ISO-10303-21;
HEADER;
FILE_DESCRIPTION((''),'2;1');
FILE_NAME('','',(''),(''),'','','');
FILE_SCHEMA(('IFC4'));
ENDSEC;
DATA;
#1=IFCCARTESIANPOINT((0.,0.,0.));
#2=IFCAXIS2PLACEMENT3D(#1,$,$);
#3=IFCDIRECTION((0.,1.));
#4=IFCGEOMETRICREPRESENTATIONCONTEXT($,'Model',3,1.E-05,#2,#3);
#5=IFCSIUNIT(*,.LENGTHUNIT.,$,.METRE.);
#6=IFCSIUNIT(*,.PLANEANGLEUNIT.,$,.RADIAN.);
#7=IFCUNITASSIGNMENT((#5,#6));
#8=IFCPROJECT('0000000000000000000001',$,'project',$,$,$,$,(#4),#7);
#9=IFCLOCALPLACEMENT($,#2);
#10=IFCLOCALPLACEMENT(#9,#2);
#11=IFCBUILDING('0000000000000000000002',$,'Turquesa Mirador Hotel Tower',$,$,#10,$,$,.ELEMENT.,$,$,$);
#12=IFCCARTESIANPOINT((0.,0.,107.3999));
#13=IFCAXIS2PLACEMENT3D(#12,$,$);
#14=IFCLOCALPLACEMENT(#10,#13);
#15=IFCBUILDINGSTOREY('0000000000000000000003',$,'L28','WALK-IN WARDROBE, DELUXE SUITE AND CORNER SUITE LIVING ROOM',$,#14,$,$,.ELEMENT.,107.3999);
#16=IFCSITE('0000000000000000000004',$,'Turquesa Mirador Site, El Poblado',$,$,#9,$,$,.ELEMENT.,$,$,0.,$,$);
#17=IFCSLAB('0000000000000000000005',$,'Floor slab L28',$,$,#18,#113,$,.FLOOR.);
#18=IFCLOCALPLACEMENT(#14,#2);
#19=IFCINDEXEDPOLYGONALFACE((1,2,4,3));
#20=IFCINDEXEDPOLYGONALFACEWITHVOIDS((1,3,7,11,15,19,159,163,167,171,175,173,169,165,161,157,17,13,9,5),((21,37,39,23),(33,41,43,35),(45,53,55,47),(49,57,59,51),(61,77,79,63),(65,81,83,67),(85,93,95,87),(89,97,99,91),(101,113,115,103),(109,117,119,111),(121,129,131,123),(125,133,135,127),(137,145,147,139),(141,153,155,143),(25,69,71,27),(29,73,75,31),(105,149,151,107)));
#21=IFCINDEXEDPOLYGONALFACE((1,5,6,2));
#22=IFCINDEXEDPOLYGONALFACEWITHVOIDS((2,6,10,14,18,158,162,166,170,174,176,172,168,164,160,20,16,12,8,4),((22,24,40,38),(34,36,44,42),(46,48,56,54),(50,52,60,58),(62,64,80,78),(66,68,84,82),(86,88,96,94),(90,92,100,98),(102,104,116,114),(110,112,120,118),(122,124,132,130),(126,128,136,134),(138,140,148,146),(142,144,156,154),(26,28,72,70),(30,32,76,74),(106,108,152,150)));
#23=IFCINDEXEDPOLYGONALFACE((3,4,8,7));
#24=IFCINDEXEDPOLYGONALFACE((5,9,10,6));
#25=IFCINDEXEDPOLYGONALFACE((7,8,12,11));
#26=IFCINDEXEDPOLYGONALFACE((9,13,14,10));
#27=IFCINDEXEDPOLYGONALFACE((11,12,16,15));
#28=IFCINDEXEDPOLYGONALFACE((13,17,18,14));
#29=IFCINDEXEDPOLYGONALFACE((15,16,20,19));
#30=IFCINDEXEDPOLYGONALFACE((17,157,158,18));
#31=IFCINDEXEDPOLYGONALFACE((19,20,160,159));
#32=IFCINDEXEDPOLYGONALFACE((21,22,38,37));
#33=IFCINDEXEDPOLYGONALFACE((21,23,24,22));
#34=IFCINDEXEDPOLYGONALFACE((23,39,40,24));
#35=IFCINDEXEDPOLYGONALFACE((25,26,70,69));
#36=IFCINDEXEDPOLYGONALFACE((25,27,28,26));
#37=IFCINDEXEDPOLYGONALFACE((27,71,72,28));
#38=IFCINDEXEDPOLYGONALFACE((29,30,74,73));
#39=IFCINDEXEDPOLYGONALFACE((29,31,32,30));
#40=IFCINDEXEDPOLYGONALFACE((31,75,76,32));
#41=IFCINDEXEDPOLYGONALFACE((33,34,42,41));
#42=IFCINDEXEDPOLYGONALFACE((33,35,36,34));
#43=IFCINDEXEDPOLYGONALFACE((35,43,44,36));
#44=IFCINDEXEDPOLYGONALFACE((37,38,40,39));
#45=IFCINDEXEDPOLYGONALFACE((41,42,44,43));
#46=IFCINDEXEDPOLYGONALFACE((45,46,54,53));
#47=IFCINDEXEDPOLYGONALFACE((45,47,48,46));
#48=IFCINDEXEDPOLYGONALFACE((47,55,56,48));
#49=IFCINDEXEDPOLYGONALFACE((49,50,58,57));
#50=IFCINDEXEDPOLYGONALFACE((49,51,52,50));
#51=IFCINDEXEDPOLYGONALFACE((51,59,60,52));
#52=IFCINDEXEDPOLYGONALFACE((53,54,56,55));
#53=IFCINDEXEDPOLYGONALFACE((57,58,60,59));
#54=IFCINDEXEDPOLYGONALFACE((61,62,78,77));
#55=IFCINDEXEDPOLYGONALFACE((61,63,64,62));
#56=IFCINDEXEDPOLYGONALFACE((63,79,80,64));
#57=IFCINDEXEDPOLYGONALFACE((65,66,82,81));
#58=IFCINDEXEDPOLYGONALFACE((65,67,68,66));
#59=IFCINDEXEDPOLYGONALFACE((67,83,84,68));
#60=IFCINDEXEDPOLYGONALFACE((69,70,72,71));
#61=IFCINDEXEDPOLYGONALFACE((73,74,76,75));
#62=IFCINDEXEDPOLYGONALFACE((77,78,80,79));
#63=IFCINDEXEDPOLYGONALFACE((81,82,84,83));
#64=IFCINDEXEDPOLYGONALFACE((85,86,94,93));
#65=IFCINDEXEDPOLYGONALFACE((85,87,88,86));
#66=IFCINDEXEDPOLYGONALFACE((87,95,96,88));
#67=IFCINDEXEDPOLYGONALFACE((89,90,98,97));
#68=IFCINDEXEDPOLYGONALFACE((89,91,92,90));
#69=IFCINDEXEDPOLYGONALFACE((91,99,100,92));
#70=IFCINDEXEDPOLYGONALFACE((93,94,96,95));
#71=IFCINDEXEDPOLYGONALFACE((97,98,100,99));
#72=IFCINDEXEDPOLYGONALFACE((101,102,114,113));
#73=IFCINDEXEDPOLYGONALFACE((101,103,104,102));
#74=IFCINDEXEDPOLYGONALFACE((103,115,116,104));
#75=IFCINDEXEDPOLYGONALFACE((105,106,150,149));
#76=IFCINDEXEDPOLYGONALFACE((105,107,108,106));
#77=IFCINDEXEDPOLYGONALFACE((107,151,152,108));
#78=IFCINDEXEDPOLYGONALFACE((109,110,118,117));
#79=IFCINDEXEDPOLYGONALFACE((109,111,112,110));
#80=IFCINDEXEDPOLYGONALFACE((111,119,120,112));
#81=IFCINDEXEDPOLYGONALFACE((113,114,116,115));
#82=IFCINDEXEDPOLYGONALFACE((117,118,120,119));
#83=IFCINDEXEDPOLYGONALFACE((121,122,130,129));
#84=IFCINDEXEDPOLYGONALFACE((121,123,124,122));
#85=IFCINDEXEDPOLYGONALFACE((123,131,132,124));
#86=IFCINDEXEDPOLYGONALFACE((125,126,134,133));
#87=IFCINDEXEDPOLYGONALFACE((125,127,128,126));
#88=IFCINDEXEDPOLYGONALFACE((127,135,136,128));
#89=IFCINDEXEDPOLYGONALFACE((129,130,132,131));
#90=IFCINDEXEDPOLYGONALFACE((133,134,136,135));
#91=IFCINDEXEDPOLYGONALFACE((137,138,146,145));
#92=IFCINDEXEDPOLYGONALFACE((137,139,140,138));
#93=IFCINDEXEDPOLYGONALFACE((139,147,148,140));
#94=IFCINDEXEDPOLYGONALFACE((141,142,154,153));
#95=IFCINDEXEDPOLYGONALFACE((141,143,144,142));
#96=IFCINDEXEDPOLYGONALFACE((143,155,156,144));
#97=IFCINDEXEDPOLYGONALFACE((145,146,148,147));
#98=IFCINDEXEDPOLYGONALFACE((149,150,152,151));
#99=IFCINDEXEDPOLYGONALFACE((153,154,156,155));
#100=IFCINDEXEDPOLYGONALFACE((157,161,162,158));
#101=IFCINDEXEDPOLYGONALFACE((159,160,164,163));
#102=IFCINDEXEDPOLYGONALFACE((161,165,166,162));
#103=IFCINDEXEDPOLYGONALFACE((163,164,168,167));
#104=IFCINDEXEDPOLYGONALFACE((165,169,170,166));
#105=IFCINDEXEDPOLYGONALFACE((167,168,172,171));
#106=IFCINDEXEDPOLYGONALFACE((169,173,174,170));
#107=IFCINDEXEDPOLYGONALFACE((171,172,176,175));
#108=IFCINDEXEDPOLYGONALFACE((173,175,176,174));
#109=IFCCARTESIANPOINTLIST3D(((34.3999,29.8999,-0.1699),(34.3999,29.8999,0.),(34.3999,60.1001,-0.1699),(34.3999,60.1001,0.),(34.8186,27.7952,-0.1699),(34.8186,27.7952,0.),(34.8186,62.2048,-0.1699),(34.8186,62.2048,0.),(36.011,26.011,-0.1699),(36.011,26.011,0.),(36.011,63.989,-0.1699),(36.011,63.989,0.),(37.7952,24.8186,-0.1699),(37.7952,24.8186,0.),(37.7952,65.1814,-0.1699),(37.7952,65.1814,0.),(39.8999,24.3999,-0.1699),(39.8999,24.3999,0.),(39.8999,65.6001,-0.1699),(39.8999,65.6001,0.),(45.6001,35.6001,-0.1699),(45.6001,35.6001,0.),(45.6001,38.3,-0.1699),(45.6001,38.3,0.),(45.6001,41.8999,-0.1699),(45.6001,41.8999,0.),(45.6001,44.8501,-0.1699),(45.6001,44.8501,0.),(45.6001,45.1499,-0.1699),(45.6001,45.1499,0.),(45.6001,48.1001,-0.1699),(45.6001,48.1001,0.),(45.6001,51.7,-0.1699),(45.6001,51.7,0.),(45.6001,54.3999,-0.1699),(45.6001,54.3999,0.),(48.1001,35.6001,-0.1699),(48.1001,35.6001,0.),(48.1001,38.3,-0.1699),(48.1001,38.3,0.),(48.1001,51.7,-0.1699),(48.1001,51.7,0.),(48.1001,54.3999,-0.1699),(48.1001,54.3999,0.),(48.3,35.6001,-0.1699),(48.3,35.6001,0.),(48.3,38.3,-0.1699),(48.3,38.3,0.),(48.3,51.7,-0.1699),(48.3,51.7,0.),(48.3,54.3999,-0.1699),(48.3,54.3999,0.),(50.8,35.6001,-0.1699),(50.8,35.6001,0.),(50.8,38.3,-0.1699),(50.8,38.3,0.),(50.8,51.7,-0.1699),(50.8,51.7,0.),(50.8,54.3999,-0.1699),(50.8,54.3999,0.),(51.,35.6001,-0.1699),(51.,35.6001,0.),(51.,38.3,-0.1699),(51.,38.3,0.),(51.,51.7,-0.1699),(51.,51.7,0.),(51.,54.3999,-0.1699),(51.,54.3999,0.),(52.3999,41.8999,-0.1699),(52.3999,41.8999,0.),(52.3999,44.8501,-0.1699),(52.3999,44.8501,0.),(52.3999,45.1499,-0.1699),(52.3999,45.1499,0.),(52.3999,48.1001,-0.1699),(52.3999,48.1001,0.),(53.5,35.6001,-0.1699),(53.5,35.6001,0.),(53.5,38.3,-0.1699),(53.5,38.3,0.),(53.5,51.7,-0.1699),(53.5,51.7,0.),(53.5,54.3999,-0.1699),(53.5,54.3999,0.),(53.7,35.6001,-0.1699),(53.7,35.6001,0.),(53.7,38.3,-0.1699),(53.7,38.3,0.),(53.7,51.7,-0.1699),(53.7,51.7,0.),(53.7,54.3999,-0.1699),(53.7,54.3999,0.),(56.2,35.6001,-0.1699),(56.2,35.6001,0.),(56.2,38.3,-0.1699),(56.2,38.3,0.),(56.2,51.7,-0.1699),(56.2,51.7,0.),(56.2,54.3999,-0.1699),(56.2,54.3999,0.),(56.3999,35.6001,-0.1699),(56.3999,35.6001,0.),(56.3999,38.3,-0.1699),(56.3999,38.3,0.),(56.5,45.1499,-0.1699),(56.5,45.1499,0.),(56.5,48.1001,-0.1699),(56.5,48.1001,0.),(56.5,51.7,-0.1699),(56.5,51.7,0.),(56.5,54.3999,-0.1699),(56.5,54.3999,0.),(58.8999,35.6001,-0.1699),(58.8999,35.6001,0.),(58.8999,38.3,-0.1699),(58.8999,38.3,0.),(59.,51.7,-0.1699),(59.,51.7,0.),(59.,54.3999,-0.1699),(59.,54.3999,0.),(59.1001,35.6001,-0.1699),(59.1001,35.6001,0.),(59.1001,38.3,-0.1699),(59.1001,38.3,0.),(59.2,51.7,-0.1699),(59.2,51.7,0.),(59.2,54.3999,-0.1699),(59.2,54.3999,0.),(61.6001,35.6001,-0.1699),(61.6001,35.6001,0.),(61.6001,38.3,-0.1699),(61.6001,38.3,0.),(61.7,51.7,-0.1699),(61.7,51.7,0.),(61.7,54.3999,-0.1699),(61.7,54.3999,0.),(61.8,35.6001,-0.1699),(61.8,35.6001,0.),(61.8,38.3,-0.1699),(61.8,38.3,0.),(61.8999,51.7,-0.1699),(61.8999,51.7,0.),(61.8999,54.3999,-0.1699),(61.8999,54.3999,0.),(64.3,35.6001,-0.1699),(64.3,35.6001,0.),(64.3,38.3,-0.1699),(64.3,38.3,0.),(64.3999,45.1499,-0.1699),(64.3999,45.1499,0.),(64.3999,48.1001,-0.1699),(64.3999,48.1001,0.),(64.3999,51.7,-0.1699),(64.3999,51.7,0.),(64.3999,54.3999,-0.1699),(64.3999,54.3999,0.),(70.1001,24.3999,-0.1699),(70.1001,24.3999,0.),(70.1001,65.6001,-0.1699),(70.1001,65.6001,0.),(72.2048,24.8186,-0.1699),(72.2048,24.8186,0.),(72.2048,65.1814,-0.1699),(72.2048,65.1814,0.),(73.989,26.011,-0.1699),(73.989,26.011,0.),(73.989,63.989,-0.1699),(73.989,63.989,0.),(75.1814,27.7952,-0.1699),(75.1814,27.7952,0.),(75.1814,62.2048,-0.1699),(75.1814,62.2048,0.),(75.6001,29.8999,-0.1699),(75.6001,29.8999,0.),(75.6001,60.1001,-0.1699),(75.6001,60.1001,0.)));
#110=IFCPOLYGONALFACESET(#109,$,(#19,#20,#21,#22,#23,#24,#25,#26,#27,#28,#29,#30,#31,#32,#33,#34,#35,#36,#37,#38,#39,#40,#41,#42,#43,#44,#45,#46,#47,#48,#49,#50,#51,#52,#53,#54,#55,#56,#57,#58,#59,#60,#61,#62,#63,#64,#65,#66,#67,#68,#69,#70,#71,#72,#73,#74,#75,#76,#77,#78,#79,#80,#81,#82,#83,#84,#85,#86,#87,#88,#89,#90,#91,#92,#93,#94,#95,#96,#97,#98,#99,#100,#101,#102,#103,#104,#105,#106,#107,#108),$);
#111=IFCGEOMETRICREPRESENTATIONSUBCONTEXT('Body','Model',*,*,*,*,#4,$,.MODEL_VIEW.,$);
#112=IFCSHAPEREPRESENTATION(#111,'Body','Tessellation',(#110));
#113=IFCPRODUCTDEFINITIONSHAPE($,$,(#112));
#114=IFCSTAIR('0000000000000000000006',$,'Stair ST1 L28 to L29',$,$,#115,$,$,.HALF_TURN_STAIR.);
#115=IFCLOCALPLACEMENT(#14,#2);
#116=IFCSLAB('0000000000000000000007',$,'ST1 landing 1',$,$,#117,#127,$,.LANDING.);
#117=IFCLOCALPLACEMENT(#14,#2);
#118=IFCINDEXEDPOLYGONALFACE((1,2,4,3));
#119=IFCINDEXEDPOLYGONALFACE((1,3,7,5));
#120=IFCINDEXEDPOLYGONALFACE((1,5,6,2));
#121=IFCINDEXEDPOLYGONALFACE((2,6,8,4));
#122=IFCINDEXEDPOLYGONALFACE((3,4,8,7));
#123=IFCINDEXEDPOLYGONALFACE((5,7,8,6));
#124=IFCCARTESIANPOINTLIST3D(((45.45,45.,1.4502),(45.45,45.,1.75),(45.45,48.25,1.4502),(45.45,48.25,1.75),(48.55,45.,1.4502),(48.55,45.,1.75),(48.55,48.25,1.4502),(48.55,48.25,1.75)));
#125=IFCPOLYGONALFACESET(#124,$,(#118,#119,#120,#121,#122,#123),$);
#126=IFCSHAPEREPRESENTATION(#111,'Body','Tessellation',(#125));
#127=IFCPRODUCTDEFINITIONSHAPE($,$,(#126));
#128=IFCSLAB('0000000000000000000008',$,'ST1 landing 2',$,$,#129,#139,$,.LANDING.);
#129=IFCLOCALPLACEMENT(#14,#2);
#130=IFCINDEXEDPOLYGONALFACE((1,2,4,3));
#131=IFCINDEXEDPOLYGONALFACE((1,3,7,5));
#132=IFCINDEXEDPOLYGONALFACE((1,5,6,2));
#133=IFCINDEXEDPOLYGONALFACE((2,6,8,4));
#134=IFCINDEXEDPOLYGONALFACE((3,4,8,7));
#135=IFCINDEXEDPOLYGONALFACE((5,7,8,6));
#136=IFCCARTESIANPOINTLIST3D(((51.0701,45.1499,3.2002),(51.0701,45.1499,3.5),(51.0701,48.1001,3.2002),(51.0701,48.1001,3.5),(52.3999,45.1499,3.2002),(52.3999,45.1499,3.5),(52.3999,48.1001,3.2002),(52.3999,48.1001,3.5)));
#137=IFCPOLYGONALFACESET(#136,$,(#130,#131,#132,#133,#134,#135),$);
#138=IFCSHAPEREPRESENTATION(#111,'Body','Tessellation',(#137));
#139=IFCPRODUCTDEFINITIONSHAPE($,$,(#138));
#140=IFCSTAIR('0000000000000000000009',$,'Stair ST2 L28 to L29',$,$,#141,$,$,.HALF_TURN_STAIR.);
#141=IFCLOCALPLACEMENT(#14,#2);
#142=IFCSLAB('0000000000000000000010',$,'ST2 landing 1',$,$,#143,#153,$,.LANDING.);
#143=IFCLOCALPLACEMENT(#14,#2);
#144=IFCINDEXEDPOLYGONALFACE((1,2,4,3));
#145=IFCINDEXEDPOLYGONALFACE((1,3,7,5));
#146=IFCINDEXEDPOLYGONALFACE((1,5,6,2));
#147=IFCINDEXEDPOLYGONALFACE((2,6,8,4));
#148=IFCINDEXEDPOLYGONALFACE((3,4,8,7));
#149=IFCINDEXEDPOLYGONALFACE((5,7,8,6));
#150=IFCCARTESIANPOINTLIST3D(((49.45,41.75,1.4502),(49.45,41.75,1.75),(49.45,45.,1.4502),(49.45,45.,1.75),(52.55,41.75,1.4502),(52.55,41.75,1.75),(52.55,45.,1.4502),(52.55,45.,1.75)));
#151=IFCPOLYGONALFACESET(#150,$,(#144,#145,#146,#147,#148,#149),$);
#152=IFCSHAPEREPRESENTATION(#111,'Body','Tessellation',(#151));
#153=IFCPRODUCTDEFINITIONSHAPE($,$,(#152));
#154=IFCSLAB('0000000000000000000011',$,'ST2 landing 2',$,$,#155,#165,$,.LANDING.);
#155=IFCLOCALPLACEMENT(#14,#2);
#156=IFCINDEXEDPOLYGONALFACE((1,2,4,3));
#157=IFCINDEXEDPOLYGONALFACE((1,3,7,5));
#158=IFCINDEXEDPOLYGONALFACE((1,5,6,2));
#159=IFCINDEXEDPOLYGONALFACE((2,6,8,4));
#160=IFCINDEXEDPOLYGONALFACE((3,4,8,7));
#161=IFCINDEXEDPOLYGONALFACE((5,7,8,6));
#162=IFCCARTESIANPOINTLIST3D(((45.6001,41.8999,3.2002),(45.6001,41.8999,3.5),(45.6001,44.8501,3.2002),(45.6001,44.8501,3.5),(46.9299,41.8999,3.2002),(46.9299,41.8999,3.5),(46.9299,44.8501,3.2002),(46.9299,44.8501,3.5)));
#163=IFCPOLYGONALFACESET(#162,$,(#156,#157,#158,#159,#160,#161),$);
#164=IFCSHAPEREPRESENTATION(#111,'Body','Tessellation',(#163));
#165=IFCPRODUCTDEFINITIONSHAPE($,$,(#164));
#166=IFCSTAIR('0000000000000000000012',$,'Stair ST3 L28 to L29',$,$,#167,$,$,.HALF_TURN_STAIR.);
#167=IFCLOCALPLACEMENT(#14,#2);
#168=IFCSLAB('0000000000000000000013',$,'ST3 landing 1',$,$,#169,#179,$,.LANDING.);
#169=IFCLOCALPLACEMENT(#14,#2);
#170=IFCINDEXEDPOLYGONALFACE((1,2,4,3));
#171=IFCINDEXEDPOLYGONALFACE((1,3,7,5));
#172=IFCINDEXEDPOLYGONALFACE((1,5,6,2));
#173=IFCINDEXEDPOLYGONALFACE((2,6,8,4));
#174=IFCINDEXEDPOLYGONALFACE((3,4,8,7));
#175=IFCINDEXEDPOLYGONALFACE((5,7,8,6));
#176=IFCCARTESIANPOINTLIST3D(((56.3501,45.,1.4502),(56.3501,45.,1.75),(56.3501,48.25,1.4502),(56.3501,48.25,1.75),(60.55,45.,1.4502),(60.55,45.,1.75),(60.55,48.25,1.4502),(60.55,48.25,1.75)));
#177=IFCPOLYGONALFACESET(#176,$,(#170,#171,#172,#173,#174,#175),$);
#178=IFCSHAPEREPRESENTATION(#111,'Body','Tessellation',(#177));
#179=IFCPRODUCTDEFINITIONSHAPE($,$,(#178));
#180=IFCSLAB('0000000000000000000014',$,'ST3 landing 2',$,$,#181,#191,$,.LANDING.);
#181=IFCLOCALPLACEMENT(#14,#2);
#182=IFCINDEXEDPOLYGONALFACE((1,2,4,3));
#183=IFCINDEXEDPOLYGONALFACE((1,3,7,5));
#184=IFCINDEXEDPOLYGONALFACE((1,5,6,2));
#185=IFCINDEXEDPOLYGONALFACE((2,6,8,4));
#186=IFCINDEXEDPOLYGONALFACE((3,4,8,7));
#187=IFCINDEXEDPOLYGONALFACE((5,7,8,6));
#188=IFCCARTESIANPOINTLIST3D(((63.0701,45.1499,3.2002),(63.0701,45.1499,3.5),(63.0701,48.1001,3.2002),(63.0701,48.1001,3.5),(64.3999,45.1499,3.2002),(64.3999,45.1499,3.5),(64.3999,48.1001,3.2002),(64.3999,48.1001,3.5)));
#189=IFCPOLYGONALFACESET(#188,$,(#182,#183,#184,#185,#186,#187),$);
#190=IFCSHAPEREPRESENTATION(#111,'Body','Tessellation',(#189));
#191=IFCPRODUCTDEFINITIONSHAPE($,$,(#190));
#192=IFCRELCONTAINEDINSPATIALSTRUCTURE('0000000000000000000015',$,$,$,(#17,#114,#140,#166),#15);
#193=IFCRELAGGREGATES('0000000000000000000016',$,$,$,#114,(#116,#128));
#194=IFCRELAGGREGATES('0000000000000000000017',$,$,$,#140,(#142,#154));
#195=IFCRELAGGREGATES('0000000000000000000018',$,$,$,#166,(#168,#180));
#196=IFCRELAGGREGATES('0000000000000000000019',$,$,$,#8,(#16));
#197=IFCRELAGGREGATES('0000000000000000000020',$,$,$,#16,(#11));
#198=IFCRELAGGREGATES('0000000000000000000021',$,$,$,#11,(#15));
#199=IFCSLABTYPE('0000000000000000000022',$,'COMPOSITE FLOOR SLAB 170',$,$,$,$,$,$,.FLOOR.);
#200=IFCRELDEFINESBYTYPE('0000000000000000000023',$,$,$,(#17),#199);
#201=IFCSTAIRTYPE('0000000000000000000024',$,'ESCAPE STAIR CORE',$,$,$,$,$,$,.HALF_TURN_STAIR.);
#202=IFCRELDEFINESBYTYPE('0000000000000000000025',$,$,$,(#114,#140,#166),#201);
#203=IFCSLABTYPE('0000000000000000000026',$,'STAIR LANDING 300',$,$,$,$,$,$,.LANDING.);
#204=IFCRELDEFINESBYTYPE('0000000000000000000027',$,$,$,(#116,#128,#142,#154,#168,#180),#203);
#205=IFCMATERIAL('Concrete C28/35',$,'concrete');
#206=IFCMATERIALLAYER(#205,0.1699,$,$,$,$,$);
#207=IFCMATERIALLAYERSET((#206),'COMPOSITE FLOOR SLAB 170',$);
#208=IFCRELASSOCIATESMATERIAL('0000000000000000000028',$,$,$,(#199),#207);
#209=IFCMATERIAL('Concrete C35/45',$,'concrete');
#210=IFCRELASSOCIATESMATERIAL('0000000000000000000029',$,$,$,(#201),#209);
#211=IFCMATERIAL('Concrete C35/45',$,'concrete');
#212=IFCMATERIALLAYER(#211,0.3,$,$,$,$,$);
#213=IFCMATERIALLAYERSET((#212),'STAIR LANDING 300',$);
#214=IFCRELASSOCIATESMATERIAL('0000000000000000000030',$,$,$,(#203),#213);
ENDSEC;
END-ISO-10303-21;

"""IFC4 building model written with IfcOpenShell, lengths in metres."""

from ifc_helpers import new_model, si_unit, direction, frame, origin, place, context, subcontext, project, spatial, polyline, outline, extrude, material, layer, layer_set, type_object, element, aggregate, save


model = new_model("IFC4")

# Units and contexts
model_context = context("Model", 3, precision=1e-05, world=origin(), true_north=direction((0.0, 1.0)))
body_context = subcontext(model_context, "Body", "Model", "MODEL_VIEW")
ifc_project = project(units=[si_unit("LENGTHUNIT", "METRE"), si_unit("PLANEANGLEUNIT", "RADIAN")], contexts=[model_context])

# Site, building, storey
site_placement = place(None, origin())
site = spatial("IfcSite", under=ifc_project, at=site_placement, Name="Turquesa Mirador Site, El Poblado", CompositionType="ELEMENT", RefElevation=0.0)
building_placement = place(site_placement, origin())
building = spatial("IfcBuilding", under=site, at=building_placement, Name="Turquesa Mirador Hotel Tower", CompositionType="ELEMENT")
storey_placement = place(building_placement, frame((0.0, 0.0, 107.3999)))
storey = spatial("IfcBuildingStorey", under=building, at=storey_placement, Name="L28", Description="WALK-IN WARDROBE, DELUXE SUITE AND CORNER SUITE LIVING ROOM", CompositionType="ELEMENT", Elevation=107.3999)

# Slab
ifc_material_1 = material(Name="Concrete C28/35", Category="concrete")
ifc_layer_1 = layer(ifc_material_1, 0.1699)
ifc_layer_set_1 = layer_set([ifc_layer_1], Name="COMPOSITE FLOOR SLAB 170")
slab_type_1 = type_object("IfcSlabType", Name="COMPOSITE FLOOR SLAB 170", PredefinedType="FLOOR", material=ifc_layer_set_1)
slab_1_placement = place(storey_placement, frame((0.0, 0.0, -0.1699)))
element("IfcSlab", 1, at=slab_1_placement, inside=storey, type_object=slab_type_1, Name="Floor slab L28", PredefinedType="FLOOR", context=body_context, shape_type="SweptSolid", body=[
    extrude(outline(polyline([(70.1001, 24.3999), (72.2048, 24.8186), (73.989, 26.011), (75.1814, 27.7952), (75.6001, 29.8999), (75.6001, 60.1001), (75.1814, 62.2048), (73.989, 63.989), (72.2048, 65.1814), (70.1001, 65.6001), (39.8999, 65.6001), (37.7952, 65.1814), (36.011, 63.989), (34.8186, 62.2048), (34.3999, 60.1001), (34.3999, 29.8999), (34.8186, 27.7952), (36.011, 26.011), (37.7952, 24.8186), (39.8999, 24.3999), (70.1001, 24.3999)]), holes=[polyline([(45.6001, 51.7), (48.1001, 51.7), (48.1001, 54.3999), (45.6001, 54.3999), (45.6001, 51.7)]), polyline([(48.3, 51.7), (50.8, 51.7), (50.8, 54.3999), (48.3, 54.3999), (48.3, 51.7)]), polyline([(51.0, 51.7), (53.5, 51.7), (53.5, 54.3999), (51.0, 54.3999), (51.0, 51.7)]), polyline([(53.7, 51.7), (56.2, 51.7), (56.2, 54.3999), (53.7, 54.3999), (53.7, 51.7)]), polyline([(56.5, 51.7), (59.0, 51.7), (59.0, 54.3999), (56.5, 54.3999), (56.5, 51.7)]), polyline([(59.2, 51.7), (61.7, 51.7), (61.7, 54.3999), (59.2, 54.3999), (59.2, 51.7)]), polyline([(45.6001, 35.6001), (48.1001, 35.6001), (48.1001, 38.3), (45.6001, 38.3), (45.6001, 35.6001)]), polyline([(48.3, 35.6001), (50.8, 35.6001), (50.8, 38.3), (48.3, 38.3), (48.3, 35.6001)]), polyline([(51.0, 35.6001), (53.5, 35.6001), (53.5, 38.3), (51.0, 38.3), (51.0, 35.6001)]), polyline([(53.7, 35.6001), (56.2, 35.6001), (56.2, 38.3), (53.7, 38.3), (53.7, 35.6001)]), polyline([(56.3999, 35.6001), (58.8999, 35.6001), (58.8999, 38.3), (56.3999, 38.3), (56.3999, 35.6001)]), polyline([(59.1001, 35.6001), (61.6001, 35.6001), (61.6001, 38.3), (59.1001, 38.3), (59.1001, 35.6001)]), polyline([(61.8, 35.6001), (64.3, 35.6001), (64.3, 38.3), (61.8, 38.3), (61.8, 35.6001)]), polyline([(45.6001, 45.1499), (52.3999, 45.1499), (52.3999, 48.1001), (45.6001, 48.1001), (45.6001, 45.1499)]), polyline([(45.6001, 41.8999), (52.3999, 41.8999), (52.3999, 44.8501), (45.6001, 44.8501), (45.6001, 41.8999)]), polyline([(56.5, 45.1499), (64.3999, 45.1499), (64.3999, 48.1001), (56.5, 48.1001), (56.5, 45.1499)]), polyline([(61.8999, 51.7), (64.3999, 51.7), (64.3999, 54.3999), (61.8999, 54.3999), (61.8999, 51.7)])]), origin(), (0.0, 0.0, 1.0), 0.1699),
])

# Stairs, slabs
ifc_material_2 = material(Name="Concrete C35/45", Category="concrete")
stair_type = type_object("IfcStairType", Name="ESCAPE STAIR CORE", PredefinedType="HALF_TURN_STAIR", material=ifc_material_2)
stair_1_placement = place(storey_placement, origin())
stair_1 = element("IfcStair", 2, at=stair_1_placement, inside=storey, type_object=stair_type, Name="Stair ST1 L28 to L29", PredefinedType="HALF_TURN_STAIR")
ifc_material_3 = material(Name="Concrete C35/45", Category="concrete")
ifc_layer_2 = layer(ifc_material_3, 0.3)
ifc_layer_set_2 = layer_set([ifc_layer_2], Name="STAIR LANDING 300")
slab_type_2 = type_object("IfcSlabType", Name="STAIR LANDING 300", PredefinedType="LANDING", material=ifc_layer_set_2)
slab_2_placement = place(storey_placement, frame((0.0, 0.0, 1.4502)))
slab_2 = element("IfcSlab", 3, at=slab_2_placement, type_object=slab_type_2, Name="ST1 landing 1", PredefinedType="LANDING", context=body_context, shape_type="SweptSolid", body=[
    extrude(outline(polyline([(45.45, 45.0), (48.55, 45.0), (48.55, 48.25), (45.45, 48.25), (45.45, 45.0)])), origin(), (0.0, 0.0, 1.0), 0.2998),
])
slab_3_placement = place(storey_placement, frame((0.0, 0.0, 3.2002)))
slab_3 = element("IfcSlab", 4, at=slab_3_placement, type_object=slab_type_2, Name="ST1 landing 2", PredefinedType="LANDING", context=body_context, shape_type="SweptSolid", body=[
    extrude(outline(polyline([(51.0701, 45.1499), (52.3999, 45.1499), (52.3999, 48.1001), (51.0701, 48.1001), (51.0701, 45.1499)])), origin(), (0.0, 0.0, 1.0), 0.2998),
])
aggregate(stair_1, [slab_2, slab_3])
stair_2_placement = place(storey_placement, origin())
stair_2 = element("IfcStair", 5, at=stair_2_placement, inside=storey, type_object=stair_type, Name="Stair ST2 L28 to L29", PredefinedType="HALF_TURN_STAIR")
slab_4_placement = place(storey_placement, frame((0.0, 0.0, 1.4502)))
slab_4 = element("IfcSlab", 6, at=slab_4_placement, type_object=slab_type_2, Name="ST2 landing 1", PredefinedType="LANDING", context=body_context, shape_type="SweptSolid", body=[
    extrude(outline(polyline([(52.55, 45.0), (49.45, 45.0), (49.45, 41.75), (52.55, 41.75), (52.55, 45.0)])), origin(), (0.0, 0.0, 1.0), 0.2998),
])
slab_5_placement = place(storey_placement, frame((0.0, 0.0, 3.2002)))
slab_5 = element("IfcSlab", 7, at=slab_5_placement, type_object=slab_type_2, Name="ST2 landing 2", PredefinedType="LANDING", context=body_context, shape_type="SweptSolid", body=[
    extrude(outline(polyline([(46.9299, 44.8501), (45.6001, 44.8501), (45.6001, 41.8999), (46.9299, 41.8999), (46.9299, 44.8501)])), origin(), (0.0, 0.0, 1.0), 0.2998),
])
aggregate(stair_2, [slab_4, slab_5])
stair_3_placement = place(storey_placement, origin())
stair_3 = element("IfcStair", 8, at=stair_3_placement, inside=storey, type_object=stair_type, Name="Stair ST3 L28 to L29", PredefinedType="HALF_TURN_STAIR")
slab_6_placement = place(storey_placement, frame((0.0, 0.0, 1.4502)))
slab_6 = element("IfcSlab", 9, at=slab_6_placement, type_object=slab_type_2, Name="ST3 landing 1", PredefinedType="LANDING", context=body_context, shape_type="SweptSolid", body=[
    extrude(outline(polyline([(56.3501, 45.0), (60.55, 45.0), (60.55, 48.25), (56.3501, 48.25), (56.3501, 45.0)])), origin(), (0.0, 0.0, 1.0), 0.2998),
])
slab_7_placement = place(storey_placement, frame((0.0, 0.0, 3.2002)))
slab_7 = element("IfcSlab", 10, at=slab_7_placement, type_object=slab_type_2, Name="ST3 landing 2", PredefinedType="LANDING", context=body_context, shape_type="SweptSolid", body=[
    extrude(outline(polyline([(63.0701, 45.1499), (64.3999, 45.1499), (64.3999, 48.1001), (63.0701, 48.1001), (63.0701, 45.1499)])), origin(), (0.0, 0.0, 1.0), 0.2998),
])
aggregate(stair_3, [slab_6, slab_7])

save(model, "model.ifc")
